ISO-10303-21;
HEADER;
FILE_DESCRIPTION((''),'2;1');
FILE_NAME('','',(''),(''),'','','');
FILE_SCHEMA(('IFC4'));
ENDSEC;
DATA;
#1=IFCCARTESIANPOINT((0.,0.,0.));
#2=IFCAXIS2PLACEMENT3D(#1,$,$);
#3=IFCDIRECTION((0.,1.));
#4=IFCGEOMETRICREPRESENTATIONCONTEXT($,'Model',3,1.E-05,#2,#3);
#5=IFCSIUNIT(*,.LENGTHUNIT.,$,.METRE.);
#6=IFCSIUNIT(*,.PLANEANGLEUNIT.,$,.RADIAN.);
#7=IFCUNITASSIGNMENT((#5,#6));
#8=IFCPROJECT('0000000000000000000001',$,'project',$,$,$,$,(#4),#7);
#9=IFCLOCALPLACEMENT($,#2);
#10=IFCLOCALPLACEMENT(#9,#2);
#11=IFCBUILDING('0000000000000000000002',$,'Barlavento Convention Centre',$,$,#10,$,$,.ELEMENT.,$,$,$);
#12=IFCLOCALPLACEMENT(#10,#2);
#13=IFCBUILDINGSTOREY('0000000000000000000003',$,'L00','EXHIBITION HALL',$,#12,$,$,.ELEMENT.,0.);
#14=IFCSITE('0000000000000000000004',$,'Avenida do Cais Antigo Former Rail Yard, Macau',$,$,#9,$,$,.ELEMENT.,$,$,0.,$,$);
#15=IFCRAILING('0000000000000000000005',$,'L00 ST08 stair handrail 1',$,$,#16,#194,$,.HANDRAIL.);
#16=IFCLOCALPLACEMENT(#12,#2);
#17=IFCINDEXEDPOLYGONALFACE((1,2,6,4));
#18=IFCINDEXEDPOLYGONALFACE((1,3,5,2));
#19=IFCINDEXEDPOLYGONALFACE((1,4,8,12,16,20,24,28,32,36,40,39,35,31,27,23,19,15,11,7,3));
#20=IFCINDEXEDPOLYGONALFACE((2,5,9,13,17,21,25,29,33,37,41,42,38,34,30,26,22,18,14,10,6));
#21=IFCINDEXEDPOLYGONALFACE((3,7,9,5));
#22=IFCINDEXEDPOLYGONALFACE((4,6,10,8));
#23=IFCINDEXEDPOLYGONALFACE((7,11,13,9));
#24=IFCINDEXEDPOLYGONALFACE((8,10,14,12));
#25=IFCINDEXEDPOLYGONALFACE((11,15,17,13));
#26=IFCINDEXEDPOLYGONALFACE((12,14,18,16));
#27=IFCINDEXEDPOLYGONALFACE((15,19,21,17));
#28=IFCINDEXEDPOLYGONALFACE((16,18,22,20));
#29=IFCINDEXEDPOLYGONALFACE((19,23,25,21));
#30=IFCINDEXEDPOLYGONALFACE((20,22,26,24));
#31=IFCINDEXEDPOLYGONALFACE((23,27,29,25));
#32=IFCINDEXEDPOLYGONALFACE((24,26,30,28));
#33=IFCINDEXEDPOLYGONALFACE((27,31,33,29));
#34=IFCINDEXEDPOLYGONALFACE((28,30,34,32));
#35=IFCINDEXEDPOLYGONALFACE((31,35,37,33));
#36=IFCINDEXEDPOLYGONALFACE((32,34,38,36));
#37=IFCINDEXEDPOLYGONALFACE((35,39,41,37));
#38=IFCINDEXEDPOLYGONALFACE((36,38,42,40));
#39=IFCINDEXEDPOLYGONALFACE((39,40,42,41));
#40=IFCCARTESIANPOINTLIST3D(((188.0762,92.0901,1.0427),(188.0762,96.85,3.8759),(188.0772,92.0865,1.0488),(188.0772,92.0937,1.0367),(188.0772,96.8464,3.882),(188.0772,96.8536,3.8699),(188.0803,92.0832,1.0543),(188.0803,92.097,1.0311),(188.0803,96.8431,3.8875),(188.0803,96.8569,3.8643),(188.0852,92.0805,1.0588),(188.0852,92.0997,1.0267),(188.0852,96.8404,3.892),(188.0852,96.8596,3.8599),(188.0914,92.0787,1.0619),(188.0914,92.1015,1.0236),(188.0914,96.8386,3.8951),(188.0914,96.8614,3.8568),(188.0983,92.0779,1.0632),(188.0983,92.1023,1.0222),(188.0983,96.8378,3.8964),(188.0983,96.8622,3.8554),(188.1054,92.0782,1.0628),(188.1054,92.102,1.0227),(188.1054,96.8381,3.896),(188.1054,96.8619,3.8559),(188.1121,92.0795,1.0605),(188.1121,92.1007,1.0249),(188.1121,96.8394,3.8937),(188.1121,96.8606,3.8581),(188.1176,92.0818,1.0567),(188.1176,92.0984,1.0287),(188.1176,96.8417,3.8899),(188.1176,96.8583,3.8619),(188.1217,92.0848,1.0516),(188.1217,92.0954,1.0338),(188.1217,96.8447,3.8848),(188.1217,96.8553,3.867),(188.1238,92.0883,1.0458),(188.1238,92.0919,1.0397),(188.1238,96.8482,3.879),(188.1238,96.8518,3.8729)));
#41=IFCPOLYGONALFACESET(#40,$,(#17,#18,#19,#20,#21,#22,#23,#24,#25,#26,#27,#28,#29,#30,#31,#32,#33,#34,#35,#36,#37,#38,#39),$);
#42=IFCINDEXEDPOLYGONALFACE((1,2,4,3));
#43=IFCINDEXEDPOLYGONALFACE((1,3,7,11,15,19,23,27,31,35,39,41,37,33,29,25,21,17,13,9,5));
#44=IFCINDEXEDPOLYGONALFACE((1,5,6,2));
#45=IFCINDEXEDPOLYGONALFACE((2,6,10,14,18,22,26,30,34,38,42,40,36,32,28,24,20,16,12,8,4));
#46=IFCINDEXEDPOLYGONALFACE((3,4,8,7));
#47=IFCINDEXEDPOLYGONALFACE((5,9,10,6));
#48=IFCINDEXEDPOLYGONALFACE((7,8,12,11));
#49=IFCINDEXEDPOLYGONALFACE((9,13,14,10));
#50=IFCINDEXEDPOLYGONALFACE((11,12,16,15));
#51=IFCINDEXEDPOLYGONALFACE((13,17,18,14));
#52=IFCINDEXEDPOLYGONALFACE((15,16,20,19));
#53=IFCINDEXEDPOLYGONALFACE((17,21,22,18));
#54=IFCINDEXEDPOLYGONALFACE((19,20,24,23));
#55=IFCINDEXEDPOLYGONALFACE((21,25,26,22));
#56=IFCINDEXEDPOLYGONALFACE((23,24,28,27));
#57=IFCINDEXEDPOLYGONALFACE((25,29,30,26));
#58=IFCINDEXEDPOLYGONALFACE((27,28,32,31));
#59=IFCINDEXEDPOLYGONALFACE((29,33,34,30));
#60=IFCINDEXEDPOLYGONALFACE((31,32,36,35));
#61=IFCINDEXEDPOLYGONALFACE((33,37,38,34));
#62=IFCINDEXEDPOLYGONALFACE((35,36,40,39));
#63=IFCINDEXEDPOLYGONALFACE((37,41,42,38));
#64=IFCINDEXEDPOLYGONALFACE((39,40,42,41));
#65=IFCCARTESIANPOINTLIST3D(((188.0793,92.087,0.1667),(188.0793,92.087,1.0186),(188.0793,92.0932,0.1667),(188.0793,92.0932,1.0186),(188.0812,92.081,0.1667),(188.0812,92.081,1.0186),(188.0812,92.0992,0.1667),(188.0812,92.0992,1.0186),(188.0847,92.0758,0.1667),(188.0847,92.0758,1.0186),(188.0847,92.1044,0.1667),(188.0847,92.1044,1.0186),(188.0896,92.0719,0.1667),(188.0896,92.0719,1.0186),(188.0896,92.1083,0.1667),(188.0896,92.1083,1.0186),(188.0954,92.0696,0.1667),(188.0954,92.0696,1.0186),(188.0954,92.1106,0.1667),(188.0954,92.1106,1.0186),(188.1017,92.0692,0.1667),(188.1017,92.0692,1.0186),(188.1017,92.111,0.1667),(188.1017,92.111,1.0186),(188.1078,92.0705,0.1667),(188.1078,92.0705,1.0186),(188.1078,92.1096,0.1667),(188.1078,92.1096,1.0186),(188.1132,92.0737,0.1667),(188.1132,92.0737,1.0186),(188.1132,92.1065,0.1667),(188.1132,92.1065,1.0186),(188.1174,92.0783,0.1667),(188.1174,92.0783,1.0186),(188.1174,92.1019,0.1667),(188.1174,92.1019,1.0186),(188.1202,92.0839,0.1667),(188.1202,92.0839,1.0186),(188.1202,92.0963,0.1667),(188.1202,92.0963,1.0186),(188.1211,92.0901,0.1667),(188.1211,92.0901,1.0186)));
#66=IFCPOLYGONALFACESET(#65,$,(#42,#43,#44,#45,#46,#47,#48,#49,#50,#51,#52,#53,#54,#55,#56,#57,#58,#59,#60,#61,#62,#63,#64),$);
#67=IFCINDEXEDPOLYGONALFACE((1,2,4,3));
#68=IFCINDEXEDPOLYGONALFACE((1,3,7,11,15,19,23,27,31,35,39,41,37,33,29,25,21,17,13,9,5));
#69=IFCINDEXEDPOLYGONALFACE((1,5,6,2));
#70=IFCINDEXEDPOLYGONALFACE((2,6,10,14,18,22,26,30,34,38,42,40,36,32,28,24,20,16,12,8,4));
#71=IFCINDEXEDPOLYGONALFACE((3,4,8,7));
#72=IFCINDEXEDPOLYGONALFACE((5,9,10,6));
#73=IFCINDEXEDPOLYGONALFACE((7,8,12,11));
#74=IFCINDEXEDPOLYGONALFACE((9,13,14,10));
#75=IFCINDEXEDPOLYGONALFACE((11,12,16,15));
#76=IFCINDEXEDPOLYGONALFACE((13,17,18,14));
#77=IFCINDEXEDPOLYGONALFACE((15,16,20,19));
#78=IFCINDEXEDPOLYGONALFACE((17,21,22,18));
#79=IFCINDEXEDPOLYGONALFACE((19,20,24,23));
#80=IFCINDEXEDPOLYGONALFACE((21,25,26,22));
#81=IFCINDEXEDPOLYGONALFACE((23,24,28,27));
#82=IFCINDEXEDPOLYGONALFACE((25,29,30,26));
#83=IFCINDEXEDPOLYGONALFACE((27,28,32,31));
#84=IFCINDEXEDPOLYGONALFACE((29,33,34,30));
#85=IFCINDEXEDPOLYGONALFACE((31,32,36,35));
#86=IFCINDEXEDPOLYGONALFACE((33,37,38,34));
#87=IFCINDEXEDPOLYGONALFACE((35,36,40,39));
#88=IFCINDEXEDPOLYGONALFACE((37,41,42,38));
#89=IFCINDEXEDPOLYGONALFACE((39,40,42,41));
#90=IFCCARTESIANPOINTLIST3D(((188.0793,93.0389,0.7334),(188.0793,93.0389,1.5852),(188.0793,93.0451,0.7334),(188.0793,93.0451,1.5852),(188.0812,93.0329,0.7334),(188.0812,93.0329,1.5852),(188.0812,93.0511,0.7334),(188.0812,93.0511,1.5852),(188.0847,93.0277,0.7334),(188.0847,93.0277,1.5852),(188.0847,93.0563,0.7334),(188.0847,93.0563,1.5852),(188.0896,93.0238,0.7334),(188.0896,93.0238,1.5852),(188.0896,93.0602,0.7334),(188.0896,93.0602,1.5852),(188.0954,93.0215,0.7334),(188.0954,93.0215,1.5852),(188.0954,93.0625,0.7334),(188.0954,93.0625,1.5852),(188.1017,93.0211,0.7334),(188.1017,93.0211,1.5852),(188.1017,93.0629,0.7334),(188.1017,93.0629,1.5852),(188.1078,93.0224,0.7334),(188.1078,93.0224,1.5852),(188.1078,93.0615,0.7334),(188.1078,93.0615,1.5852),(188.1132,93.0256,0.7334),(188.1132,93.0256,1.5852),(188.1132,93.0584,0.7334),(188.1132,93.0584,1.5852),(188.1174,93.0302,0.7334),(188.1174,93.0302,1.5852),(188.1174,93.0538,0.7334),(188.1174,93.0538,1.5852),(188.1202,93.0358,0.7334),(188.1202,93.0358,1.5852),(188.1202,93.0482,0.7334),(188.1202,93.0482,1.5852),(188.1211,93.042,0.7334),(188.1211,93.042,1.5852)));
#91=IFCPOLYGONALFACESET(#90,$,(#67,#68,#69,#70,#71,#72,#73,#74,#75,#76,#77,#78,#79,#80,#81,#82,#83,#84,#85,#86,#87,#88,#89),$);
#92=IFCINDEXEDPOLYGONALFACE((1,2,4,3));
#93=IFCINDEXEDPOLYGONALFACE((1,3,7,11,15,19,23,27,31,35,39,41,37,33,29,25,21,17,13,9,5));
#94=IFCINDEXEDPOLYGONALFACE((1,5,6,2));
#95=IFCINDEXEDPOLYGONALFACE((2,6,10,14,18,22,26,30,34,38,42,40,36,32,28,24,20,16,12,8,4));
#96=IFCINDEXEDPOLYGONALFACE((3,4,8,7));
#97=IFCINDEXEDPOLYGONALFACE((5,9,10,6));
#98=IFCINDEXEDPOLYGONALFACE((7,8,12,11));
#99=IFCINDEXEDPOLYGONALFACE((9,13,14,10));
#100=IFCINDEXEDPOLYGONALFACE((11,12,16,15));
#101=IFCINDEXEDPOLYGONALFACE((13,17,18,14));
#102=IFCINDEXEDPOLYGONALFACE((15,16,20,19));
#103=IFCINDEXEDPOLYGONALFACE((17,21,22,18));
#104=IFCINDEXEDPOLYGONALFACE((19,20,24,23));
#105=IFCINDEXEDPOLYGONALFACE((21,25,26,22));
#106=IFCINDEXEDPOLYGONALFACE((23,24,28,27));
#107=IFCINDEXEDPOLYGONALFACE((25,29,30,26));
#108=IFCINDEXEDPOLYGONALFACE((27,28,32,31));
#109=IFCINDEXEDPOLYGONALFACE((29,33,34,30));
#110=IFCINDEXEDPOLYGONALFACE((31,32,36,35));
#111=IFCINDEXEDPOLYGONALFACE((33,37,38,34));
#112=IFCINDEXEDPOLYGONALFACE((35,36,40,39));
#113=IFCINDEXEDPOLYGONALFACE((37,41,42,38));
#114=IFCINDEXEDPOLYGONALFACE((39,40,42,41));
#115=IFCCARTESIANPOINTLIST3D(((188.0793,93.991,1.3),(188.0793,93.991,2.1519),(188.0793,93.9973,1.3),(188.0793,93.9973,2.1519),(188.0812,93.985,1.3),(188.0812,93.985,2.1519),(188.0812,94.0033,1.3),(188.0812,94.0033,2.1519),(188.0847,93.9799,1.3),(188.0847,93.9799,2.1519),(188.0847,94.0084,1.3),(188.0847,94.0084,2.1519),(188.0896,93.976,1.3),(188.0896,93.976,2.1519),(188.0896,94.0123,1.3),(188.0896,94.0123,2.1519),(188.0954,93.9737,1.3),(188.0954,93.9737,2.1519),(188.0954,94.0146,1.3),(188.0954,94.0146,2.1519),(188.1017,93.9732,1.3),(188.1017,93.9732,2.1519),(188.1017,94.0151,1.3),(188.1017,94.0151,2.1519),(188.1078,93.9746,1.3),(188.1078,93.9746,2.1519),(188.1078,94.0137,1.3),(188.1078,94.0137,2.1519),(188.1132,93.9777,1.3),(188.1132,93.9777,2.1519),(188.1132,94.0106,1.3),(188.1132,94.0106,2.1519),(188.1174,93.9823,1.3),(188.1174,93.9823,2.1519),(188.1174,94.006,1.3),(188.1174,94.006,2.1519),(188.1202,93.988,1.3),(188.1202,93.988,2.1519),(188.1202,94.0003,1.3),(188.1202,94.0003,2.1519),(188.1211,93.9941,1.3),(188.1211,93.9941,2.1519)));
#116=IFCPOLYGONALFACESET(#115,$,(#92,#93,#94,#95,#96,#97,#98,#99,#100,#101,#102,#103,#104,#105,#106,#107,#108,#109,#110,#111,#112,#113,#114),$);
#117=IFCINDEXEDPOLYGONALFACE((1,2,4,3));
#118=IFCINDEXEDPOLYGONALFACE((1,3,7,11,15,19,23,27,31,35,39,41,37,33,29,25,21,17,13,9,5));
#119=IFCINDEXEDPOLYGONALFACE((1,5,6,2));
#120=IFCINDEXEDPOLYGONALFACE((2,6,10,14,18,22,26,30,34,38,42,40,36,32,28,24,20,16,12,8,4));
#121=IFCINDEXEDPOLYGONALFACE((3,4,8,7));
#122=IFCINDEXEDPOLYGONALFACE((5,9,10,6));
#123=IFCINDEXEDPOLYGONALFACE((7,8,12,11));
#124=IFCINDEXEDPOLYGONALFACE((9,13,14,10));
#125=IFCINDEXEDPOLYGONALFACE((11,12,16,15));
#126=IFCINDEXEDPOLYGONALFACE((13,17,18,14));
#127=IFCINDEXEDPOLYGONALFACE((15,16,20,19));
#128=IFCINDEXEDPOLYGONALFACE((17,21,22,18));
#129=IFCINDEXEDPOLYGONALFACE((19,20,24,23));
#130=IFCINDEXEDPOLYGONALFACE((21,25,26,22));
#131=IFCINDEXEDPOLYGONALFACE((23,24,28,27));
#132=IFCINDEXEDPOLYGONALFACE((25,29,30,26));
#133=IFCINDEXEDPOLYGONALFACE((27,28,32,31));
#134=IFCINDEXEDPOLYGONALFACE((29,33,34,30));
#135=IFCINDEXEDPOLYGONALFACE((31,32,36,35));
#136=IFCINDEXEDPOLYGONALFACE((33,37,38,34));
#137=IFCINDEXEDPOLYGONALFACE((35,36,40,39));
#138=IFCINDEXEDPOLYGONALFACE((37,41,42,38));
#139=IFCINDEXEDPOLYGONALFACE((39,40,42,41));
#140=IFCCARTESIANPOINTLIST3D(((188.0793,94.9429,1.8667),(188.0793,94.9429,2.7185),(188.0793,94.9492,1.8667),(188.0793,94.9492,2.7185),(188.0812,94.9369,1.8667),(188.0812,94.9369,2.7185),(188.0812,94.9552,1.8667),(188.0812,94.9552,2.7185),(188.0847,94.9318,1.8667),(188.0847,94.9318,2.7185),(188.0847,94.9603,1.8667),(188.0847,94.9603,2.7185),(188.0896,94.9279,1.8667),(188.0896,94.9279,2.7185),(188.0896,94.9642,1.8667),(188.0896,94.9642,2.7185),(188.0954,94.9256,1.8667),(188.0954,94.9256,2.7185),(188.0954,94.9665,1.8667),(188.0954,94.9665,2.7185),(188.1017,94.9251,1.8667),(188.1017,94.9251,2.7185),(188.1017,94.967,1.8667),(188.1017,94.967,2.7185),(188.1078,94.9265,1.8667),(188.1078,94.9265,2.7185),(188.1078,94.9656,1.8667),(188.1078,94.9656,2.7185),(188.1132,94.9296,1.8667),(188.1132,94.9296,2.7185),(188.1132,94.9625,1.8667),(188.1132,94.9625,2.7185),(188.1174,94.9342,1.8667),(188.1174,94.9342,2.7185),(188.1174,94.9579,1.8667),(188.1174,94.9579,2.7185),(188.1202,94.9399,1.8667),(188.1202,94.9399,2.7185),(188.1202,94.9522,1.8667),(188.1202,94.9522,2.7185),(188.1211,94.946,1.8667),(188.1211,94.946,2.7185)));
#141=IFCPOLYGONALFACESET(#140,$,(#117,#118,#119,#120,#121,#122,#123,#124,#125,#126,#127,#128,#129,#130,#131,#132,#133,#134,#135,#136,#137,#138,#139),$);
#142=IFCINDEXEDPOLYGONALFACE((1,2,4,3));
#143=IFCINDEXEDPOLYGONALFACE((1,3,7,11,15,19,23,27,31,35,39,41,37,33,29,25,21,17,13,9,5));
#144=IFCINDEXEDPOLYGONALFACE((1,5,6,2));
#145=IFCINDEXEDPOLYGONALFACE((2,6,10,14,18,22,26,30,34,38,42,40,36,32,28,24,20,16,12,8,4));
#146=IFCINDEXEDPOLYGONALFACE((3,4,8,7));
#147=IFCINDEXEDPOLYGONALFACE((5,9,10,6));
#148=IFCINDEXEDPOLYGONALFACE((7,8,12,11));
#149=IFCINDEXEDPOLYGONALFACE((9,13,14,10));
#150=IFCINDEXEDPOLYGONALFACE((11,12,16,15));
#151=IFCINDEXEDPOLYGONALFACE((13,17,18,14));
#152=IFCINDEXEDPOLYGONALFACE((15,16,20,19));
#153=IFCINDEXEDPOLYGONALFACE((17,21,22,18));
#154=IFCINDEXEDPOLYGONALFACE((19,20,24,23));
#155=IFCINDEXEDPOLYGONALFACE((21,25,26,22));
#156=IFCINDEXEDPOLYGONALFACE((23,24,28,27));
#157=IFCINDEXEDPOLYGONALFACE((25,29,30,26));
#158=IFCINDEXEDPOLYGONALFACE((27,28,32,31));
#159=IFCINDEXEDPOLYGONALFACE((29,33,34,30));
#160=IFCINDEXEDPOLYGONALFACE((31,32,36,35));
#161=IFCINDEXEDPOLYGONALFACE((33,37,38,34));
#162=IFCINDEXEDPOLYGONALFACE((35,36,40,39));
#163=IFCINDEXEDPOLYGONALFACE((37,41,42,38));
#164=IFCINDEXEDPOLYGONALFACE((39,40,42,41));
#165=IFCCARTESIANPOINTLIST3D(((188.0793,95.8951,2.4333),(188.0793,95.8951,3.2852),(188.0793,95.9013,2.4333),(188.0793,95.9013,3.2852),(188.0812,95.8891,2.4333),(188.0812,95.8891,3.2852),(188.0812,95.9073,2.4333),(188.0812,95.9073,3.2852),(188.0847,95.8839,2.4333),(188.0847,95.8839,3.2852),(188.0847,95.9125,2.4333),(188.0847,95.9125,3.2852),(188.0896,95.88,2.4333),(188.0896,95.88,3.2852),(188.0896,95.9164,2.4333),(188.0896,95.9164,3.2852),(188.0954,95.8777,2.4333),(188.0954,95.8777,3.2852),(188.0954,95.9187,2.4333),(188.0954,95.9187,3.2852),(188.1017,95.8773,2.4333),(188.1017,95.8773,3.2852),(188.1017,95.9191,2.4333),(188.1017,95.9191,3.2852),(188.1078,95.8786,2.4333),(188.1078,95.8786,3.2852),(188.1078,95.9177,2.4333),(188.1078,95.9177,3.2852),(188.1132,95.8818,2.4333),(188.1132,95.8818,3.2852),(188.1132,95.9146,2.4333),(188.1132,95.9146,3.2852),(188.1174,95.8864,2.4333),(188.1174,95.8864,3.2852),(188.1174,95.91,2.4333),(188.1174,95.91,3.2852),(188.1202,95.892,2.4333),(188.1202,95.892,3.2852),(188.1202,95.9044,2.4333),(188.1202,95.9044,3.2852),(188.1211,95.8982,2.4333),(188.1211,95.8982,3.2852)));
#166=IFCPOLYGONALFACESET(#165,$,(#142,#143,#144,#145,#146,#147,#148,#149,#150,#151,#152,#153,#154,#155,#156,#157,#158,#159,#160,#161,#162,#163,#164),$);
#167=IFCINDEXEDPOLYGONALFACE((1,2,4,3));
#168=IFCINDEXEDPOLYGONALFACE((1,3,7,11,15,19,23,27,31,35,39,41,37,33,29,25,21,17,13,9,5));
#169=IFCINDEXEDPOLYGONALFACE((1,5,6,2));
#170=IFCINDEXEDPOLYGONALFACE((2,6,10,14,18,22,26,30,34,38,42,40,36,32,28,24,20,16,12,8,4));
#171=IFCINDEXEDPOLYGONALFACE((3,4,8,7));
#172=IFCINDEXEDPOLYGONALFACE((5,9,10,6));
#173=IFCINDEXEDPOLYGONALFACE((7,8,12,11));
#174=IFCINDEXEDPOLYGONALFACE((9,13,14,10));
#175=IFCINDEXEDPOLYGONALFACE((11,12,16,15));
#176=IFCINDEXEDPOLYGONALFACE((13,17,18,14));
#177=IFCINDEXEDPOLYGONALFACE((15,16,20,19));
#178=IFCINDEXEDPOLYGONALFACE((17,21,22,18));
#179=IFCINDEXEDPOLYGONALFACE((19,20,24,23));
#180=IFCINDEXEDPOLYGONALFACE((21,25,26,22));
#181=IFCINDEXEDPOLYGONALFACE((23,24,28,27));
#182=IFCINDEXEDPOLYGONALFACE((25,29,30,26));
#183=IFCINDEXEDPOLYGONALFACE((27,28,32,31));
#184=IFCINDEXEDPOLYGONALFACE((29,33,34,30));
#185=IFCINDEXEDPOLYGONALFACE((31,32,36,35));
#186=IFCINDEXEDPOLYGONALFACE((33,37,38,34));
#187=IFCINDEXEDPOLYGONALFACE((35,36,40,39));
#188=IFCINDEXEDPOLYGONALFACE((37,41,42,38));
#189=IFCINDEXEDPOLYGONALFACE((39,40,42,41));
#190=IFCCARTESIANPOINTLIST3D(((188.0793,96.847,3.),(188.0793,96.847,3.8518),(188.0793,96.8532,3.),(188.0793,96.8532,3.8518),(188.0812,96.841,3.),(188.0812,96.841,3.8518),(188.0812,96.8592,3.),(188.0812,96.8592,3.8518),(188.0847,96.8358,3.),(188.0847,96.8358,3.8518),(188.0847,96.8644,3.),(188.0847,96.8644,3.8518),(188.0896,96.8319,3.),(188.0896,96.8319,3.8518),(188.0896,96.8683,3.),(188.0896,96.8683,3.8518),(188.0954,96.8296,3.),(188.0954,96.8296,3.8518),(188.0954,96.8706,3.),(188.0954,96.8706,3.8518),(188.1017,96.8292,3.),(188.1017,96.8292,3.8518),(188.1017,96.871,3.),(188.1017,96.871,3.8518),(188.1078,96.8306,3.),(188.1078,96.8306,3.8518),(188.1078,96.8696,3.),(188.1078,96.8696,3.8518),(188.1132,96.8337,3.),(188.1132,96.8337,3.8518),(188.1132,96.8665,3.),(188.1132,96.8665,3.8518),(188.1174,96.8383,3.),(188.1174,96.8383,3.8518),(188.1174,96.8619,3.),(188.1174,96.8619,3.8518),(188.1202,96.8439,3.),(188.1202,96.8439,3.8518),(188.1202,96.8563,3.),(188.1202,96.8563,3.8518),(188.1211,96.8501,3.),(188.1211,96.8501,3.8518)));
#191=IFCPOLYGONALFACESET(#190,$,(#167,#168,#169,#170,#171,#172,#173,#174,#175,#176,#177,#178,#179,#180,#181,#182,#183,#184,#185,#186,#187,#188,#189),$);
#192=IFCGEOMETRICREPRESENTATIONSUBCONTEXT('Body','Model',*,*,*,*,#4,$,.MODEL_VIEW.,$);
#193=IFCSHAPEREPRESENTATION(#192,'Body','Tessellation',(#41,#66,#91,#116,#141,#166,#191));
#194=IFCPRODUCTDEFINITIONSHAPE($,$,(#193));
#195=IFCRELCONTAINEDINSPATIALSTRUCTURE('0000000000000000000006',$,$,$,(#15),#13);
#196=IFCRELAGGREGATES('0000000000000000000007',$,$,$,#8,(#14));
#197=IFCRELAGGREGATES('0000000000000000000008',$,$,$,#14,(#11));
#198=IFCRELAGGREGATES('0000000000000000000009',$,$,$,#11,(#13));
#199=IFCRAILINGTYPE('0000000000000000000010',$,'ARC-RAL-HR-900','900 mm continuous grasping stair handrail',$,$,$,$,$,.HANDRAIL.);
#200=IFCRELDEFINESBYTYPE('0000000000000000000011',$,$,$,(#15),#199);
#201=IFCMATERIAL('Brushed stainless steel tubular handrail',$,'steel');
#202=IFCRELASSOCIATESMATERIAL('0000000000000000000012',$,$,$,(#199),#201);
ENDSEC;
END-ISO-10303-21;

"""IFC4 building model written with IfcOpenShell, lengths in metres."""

from ifc_helpers import new_model, si_unit, direction, frame, origin, origin_2d, place, context, subcontext, project, spatial, circle, extrude, material, type_object, element, save


model = new_model("IFC4")

# Units and contexts
model_context = context("Model", 3, precision=1e-05, world=origin(), true_north=direction((0.0, 1.0)))
body_context = subcontext(model_context, "Body", "Model", "MODEL_VIEW")
ifc_project = project(units=[si_unit("LENGTHUNIT", "METRE"), si_unit("PLANEANGLEUNIT", "RADIAN")], contexts=[model_context])

# Site, building, storey
site_placement = place(None, origin())
site = spatial("IfcSite", under=ifc_project, at=site_placement, Name="Avenida do Cais Antigo Former Rail Yard, Macau", CompositionType="ELEMENT", RefElevation=0.0)
building_placement = place(site_placement, origin())
building = spatial("IfcBuilding", under=site, at=building_placement, Name="Barlavento Convention Centre", CompositionType="ELEMENT")
storey_placement = place(building_placement, origin())
storey = spatial("IfcBuildingStorey", under=building, at=storey_placement, Name="L00", Description="EXHIBITION HALL", CompositionType="ELEMENT", Elevation=0.0)

# Railing
ifc_material_1 = material(Name="Brushed stainless steel tubular handrail", Category="steel")
railing_type_1 = type_object("IfcRailingType", Name="ARC-RAL-HR-900", Description="900 mm continuous grasping stair handrail", PredefinedType="HANDRAIL", material=ifc_material_1)
railing_1_placement = place(storey_placement, frame((188.1001, 92.0901, 0.1667)))
element("IfcRailing", 1, at=railing_1_placement, inside=storey, type_object=railing_type_1, Name="L00 ST08 stair handrail 1", PredefinedType="HANDRAIL", context=body_context, shape_type="SweptSolid", body=[
    extrude(circle(Radius=0.0239, at=origin_2d()), frame((0.0, 0.0, 0.876), z_axis=(0.0, 0.8593, 0.511472), x_axis=(-1.0, 0.0, 0.0)), (0.0, 0.0, 1.0), 5.5393),
    extrude(circle(Radius=0.021, at=origin_2d()), origin(), (0.0, 0.0, 1.0), 0.8518),
    extrude(circle(Radius=0.021, at=origin_2d()), frame((0.0, 0.9519, 0.5667)), (0.0, 0.0, 1.0), 0.8518),
    extrude(circle(Radius=0.021, at=origin_2d()), frame((0.0, 1.9041, 1.1333)), (0.0, 0.0, 1.0), 0.8518),
    extrude(circle(Radius=0.021, at=origin_2d()), frame((0.0, 2.856, 1.7)), (0.0, 0.0, 1.0), 0.8518),
    extrude(circle(Radius=0.021, at=origin_2d()), frame((0.0, 3.8081, 2.2666)), (0.0, 0.0, 1.0), 0.8518),
    extrude(circle(Radius=0.021, at=origin_2d()), frame((0.0, 4.76, 2.8333)), (0.0, 0.0, 1.0), 0.8518),
])

save(model, "model.ifc")
